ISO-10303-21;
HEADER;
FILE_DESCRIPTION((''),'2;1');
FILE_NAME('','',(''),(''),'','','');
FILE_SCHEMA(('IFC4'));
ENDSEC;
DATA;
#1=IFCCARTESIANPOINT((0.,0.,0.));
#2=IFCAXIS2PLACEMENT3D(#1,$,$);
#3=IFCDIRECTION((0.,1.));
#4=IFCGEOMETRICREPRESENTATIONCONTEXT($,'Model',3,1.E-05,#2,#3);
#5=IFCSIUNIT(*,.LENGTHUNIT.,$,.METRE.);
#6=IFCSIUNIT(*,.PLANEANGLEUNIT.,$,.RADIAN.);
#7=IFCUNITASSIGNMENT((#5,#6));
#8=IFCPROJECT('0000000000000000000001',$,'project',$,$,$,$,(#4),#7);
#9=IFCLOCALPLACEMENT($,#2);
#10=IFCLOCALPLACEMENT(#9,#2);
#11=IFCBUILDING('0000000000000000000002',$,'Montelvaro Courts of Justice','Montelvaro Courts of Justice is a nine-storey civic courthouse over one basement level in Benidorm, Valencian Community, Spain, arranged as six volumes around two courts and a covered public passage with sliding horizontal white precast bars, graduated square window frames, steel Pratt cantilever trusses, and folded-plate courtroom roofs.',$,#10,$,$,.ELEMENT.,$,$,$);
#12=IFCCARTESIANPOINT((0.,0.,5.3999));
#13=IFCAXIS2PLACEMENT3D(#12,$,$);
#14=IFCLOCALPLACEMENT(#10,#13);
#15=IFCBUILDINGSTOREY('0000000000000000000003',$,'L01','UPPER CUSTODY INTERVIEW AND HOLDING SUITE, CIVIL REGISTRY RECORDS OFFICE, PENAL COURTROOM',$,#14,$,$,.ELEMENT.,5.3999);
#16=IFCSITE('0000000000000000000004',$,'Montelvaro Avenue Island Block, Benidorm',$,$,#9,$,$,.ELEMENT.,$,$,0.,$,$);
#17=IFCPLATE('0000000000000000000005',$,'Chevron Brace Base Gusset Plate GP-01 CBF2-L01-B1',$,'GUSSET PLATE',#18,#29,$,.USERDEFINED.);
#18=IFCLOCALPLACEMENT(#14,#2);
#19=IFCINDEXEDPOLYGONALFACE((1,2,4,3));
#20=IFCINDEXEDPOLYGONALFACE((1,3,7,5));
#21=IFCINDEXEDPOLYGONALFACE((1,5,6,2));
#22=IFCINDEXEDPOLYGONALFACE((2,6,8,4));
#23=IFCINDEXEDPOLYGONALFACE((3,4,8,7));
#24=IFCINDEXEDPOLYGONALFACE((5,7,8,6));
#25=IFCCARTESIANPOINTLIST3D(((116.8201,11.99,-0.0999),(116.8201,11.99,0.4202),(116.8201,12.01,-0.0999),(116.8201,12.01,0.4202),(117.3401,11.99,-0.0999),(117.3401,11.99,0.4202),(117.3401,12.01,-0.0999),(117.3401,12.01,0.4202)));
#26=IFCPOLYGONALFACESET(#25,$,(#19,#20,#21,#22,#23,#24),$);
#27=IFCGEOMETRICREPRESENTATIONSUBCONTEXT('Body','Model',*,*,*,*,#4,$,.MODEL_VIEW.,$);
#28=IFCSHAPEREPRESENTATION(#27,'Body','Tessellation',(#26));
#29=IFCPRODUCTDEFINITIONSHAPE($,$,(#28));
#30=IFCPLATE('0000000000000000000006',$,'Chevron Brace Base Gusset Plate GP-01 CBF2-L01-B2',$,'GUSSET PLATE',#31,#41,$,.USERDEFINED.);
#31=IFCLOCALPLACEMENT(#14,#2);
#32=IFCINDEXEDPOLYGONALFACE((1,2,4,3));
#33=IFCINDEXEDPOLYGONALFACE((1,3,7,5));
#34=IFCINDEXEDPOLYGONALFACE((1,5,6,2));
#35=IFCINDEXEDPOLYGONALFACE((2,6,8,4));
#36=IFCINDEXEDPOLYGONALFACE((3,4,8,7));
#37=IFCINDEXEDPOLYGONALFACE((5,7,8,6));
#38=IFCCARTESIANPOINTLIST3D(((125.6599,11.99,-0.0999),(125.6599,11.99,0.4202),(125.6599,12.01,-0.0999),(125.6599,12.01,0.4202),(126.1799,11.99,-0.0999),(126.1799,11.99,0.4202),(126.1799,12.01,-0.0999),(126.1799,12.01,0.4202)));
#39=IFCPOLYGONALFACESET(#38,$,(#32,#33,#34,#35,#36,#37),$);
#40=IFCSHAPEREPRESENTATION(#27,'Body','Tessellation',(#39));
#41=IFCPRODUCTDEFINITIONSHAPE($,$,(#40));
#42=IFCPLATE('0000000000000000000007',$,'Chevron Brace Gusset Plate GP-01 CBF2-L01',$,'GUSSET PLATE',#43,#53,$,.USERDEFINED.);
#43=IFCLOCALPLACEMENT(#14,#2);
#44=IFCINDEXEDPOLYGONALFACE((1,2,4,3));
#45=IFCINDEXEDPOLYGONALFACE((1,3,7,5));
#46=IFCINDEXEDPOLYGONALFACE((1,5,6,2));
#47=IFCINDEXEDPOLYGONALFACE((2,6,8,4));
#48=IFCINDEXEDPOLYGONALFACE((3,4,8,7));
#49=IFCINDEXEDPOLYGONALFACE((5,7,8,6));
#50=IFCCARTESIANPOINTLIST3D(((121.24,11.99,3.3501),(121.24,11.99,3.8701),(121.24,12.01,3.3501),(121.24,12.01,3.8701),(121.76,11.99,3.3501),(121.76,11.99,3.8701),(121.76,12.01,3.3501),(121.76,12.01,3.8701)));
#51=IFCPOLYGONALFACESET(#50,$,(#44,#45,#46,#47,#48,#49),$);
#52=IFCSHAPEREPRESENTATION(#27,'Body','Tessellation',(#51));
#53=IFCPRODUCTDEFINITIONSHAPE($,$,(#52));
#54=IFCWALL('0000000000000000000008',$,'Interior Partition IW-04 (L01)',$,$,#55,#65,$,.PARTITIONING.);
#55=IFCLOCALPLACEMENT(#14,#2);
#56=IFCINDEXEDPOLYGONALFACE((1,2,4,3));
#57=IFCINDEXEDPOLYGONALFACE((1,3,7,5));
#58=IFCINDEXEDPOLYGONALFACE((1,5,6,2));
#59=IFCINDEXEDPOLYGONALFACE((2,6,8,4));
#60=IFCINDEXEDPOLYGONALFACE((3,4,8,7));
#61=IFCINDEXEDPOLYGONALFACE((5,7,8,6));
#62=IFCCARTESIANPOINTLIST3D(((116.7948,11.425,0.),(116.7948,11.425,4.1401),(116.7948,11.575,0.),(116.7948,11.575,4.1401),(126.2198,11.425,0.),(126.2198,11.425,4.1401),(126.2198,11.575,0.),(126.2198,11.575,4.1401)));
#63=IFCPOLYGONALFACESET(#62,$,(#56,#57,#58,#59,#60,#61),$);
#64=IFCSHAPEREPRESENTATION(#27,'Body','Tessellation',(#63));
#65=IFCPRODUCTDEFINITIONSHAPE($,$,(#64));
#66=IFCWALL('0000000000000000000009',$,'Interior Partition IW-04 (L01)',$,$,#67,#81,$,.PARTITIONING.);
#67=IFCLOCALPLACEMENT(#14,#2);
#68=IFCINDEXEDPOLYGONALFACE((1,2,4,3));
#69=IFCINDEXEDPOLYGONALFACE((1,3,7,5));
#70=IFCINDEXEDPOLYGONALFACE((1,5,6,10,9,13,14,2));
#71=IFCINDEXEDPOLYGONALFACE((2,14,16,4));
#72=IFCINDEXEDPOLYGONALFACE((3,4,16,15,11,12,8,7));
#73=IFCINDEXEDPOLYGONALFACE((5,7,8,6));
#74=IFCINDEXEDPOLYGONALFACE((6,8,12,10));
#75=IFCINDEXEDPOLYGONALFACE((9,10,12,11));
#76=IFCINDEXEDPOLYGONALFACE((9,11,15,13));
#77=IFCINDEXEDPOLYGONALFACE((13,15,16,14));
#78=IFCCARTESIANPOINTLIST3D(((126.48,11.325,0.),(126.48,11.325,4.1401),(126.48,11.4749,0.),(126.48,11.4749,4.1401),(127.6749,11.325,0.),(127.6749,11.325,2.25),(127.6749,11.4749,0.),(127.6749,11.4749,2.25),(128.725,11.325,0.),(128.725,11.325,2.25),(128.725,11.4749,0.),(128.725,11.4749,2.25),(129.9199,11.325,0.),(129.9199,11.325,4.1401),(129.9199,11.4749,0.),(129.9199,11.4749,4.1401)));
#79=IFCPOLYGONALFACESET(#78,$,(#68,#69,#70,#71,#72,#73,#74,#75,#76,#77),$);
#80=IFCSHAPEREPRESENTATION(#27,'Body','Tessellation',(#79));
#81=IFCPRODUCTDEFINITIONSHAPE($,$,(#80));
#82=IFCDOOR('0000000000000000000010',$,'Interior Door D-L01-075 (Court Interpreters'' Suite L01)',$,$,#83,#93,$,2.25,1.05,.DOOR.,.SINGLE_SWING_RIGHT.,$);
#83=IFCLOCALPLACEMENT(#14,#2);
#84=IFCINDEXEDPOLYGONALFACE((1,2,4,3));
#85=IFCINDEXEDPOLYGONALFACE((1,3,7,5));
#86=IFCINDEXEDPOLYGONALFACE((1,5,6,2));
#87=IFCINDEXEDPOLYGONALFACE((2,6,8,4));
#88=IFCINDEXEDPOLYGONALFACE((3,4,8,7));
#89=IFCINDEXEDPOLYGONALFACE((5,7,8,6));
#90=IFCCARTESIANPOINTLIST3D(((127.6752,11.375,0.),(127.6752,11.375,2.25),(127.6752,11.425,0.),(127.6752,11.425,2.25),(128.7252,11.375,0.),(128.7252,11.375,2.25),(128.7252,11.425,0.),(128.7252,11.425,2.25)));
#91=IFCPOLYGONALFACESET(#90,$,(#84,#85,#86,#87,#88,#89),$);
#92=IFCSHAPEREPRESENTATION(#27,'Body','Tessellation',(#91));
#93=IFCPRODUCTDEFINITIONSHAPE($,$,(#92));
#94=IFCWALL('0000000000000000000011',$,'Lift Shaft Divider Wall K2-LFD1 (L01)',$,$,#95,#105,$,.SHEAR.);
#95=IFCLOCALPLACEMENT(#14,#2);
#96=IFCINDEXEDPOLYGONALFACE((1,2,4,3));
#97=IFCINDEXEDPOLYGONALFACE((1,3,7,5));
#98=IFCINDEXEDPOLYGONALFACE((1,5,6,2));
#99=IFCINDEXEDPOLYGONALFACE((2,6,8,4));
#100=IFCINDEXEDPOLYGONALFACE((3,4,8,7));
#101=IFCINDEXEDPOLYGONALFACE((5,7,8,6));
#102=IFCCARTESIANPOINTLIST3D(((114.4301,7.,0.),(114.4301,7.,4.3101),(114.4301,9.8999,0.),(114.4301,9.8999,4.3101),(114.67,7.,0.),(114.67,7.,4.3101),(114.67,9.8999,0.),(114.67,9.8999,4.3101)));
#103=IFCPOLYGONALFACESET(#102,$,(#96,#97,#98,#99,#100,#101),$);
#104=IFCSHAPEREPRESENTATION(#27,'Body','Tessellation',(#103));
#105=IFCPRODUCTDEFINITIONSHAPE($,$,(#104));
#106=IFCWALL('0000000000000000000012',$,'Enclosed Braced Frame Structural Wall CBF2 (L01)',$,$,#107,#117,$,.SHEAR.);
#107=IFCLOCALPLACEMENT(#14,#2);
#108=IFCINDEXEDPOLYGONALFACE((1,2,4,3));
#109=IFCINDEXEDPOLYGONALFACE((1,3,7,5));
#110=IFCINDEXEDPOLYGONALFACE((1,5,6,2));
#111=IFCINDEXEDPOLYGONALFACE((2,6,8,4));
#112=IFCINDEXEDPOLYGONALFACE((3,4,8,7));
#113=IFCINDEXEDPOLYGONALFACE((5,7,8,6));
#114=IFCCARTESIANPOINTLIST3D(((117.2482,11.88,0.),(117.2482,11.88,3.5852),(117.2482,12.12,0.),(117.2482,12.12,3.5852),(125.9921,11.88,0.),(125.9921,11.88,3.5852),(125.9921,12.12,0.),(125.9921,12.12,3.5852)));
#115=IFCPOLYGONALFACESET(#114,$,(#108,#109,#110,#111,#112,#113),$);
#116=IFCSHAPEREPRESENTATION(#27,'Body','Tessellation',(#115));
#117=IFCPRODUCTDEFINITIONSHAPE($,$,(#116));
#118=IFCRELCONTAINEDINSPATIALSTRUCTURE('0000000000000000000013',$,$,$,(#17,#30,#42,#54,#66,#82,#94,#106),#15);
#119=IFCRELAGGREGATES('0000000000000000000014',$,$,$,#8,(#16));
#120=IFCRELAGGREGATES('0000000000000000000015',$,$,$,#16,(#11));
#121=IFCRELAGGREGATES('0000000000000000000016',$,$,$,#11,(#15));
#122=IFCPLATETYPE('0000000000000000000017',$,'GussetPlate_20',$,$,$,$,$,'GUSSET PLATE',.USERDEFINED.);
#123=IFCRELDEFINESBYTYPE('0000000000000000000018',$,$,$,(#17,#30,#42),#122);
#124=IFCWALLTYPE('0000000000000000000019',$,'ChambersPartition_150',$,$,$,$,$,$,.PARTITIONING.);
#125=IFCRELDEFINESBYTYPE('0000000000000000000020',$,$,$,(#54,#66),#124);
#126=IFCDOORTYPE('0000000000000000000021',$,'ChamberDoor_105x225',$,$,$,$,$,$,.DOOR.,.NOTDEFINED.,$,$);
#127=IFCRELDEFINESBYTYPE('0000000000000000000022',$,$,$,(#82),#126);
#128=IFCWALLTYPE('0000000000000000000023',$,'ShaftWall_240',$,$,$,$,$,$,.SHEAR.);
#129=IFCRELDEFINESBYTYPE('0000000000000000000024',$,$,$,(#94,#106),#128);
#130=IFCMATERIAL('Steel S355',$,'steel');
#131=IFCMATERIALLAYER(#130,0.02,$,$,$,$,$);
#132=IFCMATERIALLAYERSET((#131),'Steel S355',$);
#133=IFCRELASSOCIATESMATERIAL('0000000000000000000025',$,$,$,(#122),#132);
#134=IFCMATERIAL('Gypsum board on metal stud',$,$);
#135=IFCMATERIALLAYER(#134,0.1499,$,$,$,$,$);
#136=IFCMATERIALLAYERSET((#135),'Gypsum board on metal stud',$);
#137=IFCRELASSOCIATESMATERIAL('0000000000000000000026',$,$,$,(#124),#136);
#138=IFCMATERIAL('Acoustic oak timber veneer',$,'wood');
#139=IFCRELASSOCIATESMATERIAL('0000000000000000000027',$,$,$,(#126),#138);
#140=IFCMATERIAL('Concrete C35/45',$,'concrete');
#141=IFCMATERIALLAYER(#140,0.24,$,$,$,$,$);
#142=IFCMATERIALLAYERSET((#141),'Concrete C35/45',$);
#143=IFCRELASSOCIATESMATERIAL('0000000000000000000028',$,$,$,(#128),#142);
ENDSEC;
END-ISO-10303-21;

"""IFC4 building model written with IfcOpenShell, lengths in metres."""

from ifc_helpers import new_model, si_unit, direction, frame, frame_2d, origin, origin_2d, place, context, subcontext, project, spatial, rectangle, extrude, material, layer, layer_set, type_object, element, fill, save


model = new_model("IFC4")

# Units and contexts
model_context = context("Model", 3, precision=1e-05, world=origin(), true_north=direction((0.0, 1.0)))
body_context = subcontext(model_context, "Body", "Model", "MODEL_VIEW")
ifc_project = project(units=[si_unit("LENGTHUNIT", "METRE"), si_unit("PLANEANGLEUNIT", "RADIAN")], contexts=[model_context])

# Site, building, storey
site_placement = place(None, origin())
site = spatial("IfcSite", under=ifc_project, at=site_placement, Name="Montelvaro Avenue Island Block, Benidorm", CompositionType="ELEMENT", RefElevation=0.0)
building_placement = place(site_placement, origin())
building = spatial("IfcBuilding", under=site, at=building_placement, Name="Montelvaro Courts of Justice", Description="Montelvaro Courts of Justice is a nine-storey civic courthouse over one basement level in Benidorm, Valencian Community, Spain, arranged as six volumes around two courts and a covered public passage with sliding horizontal white precast bars, graduated square window frames, steel Pratt cantilever trusses, and folded-plate courtroom roofs.", CompositionType="ELEMENT")
storey_placement = place(building_placement, frame((0.0, 0.0, 5.3999)))
storey = spatial("IfcBuildingStorey", under=building, at=storey_placement, Name="L01", Description="UPPER CUSTODY INTERVIEW AND HOLDING SUITE, CIVIL REGISTRY RECORDS OFFICE, PENAL COURTROOM", CompositionType="ELEMENT", Elevation=5.3999)

# Shared definitions
ifc_material_1 = material(Name="Steel S355", Category="steel")

# Plates
ifc_layer_1 = layer(ifc_material_1, 0.02)
ifc_layer_set_1 = layer_set([ifc_layer_1], Name="Steel S355")
plate_type_1 = type_object("IfcPlateType", Name="GussetPlate_20", ElementType="GUSSET PLATE", PredefinedType="USERDEFINED", material=ifc_layer_set_1)
for number, where, z_axis, x_axis, name in (
    (1, (117.0801, 12.0, -0.0999), (0.0, 0.0, 1.0), (1.0, 0.0, 0.0), "Chevron Brace Base Gusset Plate GP-01 CBF2-L01-B1"),
    (2, (125.9199, 12.0, -0.0999), (0.0, 0.0, 1.0), (1.0, 0.0, 0.0), "Chevron Brace Base Gusset Plate GP-01 CBF2-L01-B2"),
    (3, (121.5, 12.0, 3.3501), (0.0, 0.0, 1.0), (1.0, 0.0, 0.0), "Chevron Brace Gusset Plate GP-01 CBF2-L01"),
):
    element("IfcPlate", number, at=place(storey_placement, frame(where, z_axis=z_axis, x_axis=x_axis)), inside=storey, type_object=plate_type_1, Name=name, ObjectType="GUSSET PLATE", PredefinedType="USERDEFINED", context=body_context, shape_type="SweptSolid", body=[
        extrude(rectangle(XDim=0.52, YDim=0.02, at=origin_2d()), origin(), (0.0, 0.0, 1.0), 0.52),
    ])

# Wall
ifc_material_2 = material(Name="Gypsum board on metal stud")
ifc_layer_2 = layer(ifc_material_2, 0.1499)
ifc_layer_set_2 = layer_set([ifc_layer_2], Name="Gypsum board on metal stud")
wall_type_1 = type_object("IfcWallType", Name="ChambersPartition_150", PredefinedType="PARTITIONING", material=ifc_layer_set_2)
wall_1_placement = place(storey_placement, frame((116.7949, 11.5, 0.0), z_axis=(0.0, 0.0, 1.0), x_axis=(1.0, 0.0, 0.0)))
element("IfcWall", 4, at=wall_1_placement, inside=storey, type_object=wall_type_1, Name="Interior Partition IW-04 (L01)", PredefinedType="PARTITIONING", context=body_context, shape_type="SweptSolid", body=[
    extrude(rectangle(XDim=9.425, YDim=0.1499, at=frame_2d((4.7124, 0.0))), origin(), (0.0, 0.0, 1.0), 4.1401),
])

# Wall, opening, door
wall_2_placement = place(storey_placement, frame((126.48, 11.3999, 0.0), z_axis=(0.0, 0.0, 1.0), x_axis=(1.0, 0.0, 0.0)))
wall_2 = element("IfcWall", 5, at=wall_2_placement, inside=storey, type_object=wall_type_1, Name="Interior Partition IW-04 (L01)", PredefinedType="PARTITIONING", context=body_context, shape_type="SweptSolid", body=[
    extrude(rectangle(XDim=3.4399, YDim=0.1499, at=frame_2d((1.72, 0.0))), origin(), (0.0, 0.0, 1.0), 4.1401),
])
opening_placement = place(wall_2_placement, frame((1.1951, 0.0, 0.0)))
opening = element("IfcOpeningElement", 6, at=opening_placement, cuts=wall_2, PredefinedType="OPENING", context=body_context, shape_type="SweptSolid", body=[
    extrude(rectangle(XDim=1.05, YDim=2.25, at=frame_2d((0.5249, 1.125))), frame((0.0, 0.0898, 0.0), z_axis=(0.0, -1.0, 0.0), x_axis=(1.0, 0.0, 0.0)), (0.0, 0.0, 1.0), 0.1797),
])
ifc_material_3 = material(Name="Acoustic oak timber veneer", Category="wood")
door_type = type_object("IfcDoorType", Name="ChamberDoor_105x225", OperationType="NOTDEFINED", PredefinedType="DOOR", material=ifc_material_3)
door_placement = place(opening_placement, frame((1.05, 0.0, 0.0), z_axis=(0.0, 0.0, 1.0), x_axis=(-1.0, 0.0, 0.0)))
door = element("IfcDoor", 7, at=door_placement, inside=storey, type_object=door_type, Name="Interior Door D-L01-075 (Court Interpreters' Suite L01)", OperationType="SINGLE_SWING_RIGHT", OverallHeight=2.25, OverallWidth=1.05, PredefinedType="DOOR", context=body_context, shape_type="SweptSolid", body=[
    extrude(rectangle(XDim=1.05, YDim=2.25, at=frame_2d((0.5249, 1.125))), frame((0.0, 0.0249, 0.0), z_axis=(0.0, -1.0, 0.0), x_axis=(1.0, 0.0, 0.0)), (0.0, 0.0, 1.0), 0.05),
])
fill(opening, door)

# Walls
ifc_material_4 = material(Name="Concrete C35/45", Category="concrete")
ifc_layer_3 = layer(ifc_material_4, 0.24)
ifc_layer_set_3 = layer_set([ifc_layer_3], Name="Concrete C35/45")
wall_type_2 = type_object("IfcWallType", Name="ShaftWall_240", PredefinedType="SHEAR", material=ifc_layer_set_3)
wall_3_placement = place(storey_placement, frame((114.55, 7.0, 0.0), z_axis=(0.0, 0.0, 1.0), x_axis=(0.0, 1.0, 0.0)))
element("IfcWall", 8, at=wall_3_placement, inside=storey, type_object=wall_type_2, Name="Lift Shaft Divider Wall K2-LFD1 (L01)", PredefinedType="SHEAR", context=body_context, shape_type="SweptSolid", body=[
    extrude(rectangle(XDim=2.8999, YDim=0.24, at=frame_2d((1.45, 0.0))), origin(), (0.0, 0.0, 1.0), 4.3101),
])
wall_4_placement = place(storey_placement, frame((117.248, 12.0, 0.0), z_axis=(0.0, 0.0, 1.0), x_axis=(1.0, 0.0, 0.0)))
element("IfcWall", 9, at=wall_4_placement, inside=storey, type_object=wall_type_2, Name="Enclosed Braced Frame Structural Wall CBF2 (L01)", PredefinedType="SHEAR", context=body_context, shape_type="SweptSolid", body=[
    extrude(rectangle(XDim=8.7439, YDim=0.24, at=frame_2d((4.3721, 0.0))), origin(), (0.0, 0.0, 1.0), 3.5852),
])

save(model, "model.ifc")
